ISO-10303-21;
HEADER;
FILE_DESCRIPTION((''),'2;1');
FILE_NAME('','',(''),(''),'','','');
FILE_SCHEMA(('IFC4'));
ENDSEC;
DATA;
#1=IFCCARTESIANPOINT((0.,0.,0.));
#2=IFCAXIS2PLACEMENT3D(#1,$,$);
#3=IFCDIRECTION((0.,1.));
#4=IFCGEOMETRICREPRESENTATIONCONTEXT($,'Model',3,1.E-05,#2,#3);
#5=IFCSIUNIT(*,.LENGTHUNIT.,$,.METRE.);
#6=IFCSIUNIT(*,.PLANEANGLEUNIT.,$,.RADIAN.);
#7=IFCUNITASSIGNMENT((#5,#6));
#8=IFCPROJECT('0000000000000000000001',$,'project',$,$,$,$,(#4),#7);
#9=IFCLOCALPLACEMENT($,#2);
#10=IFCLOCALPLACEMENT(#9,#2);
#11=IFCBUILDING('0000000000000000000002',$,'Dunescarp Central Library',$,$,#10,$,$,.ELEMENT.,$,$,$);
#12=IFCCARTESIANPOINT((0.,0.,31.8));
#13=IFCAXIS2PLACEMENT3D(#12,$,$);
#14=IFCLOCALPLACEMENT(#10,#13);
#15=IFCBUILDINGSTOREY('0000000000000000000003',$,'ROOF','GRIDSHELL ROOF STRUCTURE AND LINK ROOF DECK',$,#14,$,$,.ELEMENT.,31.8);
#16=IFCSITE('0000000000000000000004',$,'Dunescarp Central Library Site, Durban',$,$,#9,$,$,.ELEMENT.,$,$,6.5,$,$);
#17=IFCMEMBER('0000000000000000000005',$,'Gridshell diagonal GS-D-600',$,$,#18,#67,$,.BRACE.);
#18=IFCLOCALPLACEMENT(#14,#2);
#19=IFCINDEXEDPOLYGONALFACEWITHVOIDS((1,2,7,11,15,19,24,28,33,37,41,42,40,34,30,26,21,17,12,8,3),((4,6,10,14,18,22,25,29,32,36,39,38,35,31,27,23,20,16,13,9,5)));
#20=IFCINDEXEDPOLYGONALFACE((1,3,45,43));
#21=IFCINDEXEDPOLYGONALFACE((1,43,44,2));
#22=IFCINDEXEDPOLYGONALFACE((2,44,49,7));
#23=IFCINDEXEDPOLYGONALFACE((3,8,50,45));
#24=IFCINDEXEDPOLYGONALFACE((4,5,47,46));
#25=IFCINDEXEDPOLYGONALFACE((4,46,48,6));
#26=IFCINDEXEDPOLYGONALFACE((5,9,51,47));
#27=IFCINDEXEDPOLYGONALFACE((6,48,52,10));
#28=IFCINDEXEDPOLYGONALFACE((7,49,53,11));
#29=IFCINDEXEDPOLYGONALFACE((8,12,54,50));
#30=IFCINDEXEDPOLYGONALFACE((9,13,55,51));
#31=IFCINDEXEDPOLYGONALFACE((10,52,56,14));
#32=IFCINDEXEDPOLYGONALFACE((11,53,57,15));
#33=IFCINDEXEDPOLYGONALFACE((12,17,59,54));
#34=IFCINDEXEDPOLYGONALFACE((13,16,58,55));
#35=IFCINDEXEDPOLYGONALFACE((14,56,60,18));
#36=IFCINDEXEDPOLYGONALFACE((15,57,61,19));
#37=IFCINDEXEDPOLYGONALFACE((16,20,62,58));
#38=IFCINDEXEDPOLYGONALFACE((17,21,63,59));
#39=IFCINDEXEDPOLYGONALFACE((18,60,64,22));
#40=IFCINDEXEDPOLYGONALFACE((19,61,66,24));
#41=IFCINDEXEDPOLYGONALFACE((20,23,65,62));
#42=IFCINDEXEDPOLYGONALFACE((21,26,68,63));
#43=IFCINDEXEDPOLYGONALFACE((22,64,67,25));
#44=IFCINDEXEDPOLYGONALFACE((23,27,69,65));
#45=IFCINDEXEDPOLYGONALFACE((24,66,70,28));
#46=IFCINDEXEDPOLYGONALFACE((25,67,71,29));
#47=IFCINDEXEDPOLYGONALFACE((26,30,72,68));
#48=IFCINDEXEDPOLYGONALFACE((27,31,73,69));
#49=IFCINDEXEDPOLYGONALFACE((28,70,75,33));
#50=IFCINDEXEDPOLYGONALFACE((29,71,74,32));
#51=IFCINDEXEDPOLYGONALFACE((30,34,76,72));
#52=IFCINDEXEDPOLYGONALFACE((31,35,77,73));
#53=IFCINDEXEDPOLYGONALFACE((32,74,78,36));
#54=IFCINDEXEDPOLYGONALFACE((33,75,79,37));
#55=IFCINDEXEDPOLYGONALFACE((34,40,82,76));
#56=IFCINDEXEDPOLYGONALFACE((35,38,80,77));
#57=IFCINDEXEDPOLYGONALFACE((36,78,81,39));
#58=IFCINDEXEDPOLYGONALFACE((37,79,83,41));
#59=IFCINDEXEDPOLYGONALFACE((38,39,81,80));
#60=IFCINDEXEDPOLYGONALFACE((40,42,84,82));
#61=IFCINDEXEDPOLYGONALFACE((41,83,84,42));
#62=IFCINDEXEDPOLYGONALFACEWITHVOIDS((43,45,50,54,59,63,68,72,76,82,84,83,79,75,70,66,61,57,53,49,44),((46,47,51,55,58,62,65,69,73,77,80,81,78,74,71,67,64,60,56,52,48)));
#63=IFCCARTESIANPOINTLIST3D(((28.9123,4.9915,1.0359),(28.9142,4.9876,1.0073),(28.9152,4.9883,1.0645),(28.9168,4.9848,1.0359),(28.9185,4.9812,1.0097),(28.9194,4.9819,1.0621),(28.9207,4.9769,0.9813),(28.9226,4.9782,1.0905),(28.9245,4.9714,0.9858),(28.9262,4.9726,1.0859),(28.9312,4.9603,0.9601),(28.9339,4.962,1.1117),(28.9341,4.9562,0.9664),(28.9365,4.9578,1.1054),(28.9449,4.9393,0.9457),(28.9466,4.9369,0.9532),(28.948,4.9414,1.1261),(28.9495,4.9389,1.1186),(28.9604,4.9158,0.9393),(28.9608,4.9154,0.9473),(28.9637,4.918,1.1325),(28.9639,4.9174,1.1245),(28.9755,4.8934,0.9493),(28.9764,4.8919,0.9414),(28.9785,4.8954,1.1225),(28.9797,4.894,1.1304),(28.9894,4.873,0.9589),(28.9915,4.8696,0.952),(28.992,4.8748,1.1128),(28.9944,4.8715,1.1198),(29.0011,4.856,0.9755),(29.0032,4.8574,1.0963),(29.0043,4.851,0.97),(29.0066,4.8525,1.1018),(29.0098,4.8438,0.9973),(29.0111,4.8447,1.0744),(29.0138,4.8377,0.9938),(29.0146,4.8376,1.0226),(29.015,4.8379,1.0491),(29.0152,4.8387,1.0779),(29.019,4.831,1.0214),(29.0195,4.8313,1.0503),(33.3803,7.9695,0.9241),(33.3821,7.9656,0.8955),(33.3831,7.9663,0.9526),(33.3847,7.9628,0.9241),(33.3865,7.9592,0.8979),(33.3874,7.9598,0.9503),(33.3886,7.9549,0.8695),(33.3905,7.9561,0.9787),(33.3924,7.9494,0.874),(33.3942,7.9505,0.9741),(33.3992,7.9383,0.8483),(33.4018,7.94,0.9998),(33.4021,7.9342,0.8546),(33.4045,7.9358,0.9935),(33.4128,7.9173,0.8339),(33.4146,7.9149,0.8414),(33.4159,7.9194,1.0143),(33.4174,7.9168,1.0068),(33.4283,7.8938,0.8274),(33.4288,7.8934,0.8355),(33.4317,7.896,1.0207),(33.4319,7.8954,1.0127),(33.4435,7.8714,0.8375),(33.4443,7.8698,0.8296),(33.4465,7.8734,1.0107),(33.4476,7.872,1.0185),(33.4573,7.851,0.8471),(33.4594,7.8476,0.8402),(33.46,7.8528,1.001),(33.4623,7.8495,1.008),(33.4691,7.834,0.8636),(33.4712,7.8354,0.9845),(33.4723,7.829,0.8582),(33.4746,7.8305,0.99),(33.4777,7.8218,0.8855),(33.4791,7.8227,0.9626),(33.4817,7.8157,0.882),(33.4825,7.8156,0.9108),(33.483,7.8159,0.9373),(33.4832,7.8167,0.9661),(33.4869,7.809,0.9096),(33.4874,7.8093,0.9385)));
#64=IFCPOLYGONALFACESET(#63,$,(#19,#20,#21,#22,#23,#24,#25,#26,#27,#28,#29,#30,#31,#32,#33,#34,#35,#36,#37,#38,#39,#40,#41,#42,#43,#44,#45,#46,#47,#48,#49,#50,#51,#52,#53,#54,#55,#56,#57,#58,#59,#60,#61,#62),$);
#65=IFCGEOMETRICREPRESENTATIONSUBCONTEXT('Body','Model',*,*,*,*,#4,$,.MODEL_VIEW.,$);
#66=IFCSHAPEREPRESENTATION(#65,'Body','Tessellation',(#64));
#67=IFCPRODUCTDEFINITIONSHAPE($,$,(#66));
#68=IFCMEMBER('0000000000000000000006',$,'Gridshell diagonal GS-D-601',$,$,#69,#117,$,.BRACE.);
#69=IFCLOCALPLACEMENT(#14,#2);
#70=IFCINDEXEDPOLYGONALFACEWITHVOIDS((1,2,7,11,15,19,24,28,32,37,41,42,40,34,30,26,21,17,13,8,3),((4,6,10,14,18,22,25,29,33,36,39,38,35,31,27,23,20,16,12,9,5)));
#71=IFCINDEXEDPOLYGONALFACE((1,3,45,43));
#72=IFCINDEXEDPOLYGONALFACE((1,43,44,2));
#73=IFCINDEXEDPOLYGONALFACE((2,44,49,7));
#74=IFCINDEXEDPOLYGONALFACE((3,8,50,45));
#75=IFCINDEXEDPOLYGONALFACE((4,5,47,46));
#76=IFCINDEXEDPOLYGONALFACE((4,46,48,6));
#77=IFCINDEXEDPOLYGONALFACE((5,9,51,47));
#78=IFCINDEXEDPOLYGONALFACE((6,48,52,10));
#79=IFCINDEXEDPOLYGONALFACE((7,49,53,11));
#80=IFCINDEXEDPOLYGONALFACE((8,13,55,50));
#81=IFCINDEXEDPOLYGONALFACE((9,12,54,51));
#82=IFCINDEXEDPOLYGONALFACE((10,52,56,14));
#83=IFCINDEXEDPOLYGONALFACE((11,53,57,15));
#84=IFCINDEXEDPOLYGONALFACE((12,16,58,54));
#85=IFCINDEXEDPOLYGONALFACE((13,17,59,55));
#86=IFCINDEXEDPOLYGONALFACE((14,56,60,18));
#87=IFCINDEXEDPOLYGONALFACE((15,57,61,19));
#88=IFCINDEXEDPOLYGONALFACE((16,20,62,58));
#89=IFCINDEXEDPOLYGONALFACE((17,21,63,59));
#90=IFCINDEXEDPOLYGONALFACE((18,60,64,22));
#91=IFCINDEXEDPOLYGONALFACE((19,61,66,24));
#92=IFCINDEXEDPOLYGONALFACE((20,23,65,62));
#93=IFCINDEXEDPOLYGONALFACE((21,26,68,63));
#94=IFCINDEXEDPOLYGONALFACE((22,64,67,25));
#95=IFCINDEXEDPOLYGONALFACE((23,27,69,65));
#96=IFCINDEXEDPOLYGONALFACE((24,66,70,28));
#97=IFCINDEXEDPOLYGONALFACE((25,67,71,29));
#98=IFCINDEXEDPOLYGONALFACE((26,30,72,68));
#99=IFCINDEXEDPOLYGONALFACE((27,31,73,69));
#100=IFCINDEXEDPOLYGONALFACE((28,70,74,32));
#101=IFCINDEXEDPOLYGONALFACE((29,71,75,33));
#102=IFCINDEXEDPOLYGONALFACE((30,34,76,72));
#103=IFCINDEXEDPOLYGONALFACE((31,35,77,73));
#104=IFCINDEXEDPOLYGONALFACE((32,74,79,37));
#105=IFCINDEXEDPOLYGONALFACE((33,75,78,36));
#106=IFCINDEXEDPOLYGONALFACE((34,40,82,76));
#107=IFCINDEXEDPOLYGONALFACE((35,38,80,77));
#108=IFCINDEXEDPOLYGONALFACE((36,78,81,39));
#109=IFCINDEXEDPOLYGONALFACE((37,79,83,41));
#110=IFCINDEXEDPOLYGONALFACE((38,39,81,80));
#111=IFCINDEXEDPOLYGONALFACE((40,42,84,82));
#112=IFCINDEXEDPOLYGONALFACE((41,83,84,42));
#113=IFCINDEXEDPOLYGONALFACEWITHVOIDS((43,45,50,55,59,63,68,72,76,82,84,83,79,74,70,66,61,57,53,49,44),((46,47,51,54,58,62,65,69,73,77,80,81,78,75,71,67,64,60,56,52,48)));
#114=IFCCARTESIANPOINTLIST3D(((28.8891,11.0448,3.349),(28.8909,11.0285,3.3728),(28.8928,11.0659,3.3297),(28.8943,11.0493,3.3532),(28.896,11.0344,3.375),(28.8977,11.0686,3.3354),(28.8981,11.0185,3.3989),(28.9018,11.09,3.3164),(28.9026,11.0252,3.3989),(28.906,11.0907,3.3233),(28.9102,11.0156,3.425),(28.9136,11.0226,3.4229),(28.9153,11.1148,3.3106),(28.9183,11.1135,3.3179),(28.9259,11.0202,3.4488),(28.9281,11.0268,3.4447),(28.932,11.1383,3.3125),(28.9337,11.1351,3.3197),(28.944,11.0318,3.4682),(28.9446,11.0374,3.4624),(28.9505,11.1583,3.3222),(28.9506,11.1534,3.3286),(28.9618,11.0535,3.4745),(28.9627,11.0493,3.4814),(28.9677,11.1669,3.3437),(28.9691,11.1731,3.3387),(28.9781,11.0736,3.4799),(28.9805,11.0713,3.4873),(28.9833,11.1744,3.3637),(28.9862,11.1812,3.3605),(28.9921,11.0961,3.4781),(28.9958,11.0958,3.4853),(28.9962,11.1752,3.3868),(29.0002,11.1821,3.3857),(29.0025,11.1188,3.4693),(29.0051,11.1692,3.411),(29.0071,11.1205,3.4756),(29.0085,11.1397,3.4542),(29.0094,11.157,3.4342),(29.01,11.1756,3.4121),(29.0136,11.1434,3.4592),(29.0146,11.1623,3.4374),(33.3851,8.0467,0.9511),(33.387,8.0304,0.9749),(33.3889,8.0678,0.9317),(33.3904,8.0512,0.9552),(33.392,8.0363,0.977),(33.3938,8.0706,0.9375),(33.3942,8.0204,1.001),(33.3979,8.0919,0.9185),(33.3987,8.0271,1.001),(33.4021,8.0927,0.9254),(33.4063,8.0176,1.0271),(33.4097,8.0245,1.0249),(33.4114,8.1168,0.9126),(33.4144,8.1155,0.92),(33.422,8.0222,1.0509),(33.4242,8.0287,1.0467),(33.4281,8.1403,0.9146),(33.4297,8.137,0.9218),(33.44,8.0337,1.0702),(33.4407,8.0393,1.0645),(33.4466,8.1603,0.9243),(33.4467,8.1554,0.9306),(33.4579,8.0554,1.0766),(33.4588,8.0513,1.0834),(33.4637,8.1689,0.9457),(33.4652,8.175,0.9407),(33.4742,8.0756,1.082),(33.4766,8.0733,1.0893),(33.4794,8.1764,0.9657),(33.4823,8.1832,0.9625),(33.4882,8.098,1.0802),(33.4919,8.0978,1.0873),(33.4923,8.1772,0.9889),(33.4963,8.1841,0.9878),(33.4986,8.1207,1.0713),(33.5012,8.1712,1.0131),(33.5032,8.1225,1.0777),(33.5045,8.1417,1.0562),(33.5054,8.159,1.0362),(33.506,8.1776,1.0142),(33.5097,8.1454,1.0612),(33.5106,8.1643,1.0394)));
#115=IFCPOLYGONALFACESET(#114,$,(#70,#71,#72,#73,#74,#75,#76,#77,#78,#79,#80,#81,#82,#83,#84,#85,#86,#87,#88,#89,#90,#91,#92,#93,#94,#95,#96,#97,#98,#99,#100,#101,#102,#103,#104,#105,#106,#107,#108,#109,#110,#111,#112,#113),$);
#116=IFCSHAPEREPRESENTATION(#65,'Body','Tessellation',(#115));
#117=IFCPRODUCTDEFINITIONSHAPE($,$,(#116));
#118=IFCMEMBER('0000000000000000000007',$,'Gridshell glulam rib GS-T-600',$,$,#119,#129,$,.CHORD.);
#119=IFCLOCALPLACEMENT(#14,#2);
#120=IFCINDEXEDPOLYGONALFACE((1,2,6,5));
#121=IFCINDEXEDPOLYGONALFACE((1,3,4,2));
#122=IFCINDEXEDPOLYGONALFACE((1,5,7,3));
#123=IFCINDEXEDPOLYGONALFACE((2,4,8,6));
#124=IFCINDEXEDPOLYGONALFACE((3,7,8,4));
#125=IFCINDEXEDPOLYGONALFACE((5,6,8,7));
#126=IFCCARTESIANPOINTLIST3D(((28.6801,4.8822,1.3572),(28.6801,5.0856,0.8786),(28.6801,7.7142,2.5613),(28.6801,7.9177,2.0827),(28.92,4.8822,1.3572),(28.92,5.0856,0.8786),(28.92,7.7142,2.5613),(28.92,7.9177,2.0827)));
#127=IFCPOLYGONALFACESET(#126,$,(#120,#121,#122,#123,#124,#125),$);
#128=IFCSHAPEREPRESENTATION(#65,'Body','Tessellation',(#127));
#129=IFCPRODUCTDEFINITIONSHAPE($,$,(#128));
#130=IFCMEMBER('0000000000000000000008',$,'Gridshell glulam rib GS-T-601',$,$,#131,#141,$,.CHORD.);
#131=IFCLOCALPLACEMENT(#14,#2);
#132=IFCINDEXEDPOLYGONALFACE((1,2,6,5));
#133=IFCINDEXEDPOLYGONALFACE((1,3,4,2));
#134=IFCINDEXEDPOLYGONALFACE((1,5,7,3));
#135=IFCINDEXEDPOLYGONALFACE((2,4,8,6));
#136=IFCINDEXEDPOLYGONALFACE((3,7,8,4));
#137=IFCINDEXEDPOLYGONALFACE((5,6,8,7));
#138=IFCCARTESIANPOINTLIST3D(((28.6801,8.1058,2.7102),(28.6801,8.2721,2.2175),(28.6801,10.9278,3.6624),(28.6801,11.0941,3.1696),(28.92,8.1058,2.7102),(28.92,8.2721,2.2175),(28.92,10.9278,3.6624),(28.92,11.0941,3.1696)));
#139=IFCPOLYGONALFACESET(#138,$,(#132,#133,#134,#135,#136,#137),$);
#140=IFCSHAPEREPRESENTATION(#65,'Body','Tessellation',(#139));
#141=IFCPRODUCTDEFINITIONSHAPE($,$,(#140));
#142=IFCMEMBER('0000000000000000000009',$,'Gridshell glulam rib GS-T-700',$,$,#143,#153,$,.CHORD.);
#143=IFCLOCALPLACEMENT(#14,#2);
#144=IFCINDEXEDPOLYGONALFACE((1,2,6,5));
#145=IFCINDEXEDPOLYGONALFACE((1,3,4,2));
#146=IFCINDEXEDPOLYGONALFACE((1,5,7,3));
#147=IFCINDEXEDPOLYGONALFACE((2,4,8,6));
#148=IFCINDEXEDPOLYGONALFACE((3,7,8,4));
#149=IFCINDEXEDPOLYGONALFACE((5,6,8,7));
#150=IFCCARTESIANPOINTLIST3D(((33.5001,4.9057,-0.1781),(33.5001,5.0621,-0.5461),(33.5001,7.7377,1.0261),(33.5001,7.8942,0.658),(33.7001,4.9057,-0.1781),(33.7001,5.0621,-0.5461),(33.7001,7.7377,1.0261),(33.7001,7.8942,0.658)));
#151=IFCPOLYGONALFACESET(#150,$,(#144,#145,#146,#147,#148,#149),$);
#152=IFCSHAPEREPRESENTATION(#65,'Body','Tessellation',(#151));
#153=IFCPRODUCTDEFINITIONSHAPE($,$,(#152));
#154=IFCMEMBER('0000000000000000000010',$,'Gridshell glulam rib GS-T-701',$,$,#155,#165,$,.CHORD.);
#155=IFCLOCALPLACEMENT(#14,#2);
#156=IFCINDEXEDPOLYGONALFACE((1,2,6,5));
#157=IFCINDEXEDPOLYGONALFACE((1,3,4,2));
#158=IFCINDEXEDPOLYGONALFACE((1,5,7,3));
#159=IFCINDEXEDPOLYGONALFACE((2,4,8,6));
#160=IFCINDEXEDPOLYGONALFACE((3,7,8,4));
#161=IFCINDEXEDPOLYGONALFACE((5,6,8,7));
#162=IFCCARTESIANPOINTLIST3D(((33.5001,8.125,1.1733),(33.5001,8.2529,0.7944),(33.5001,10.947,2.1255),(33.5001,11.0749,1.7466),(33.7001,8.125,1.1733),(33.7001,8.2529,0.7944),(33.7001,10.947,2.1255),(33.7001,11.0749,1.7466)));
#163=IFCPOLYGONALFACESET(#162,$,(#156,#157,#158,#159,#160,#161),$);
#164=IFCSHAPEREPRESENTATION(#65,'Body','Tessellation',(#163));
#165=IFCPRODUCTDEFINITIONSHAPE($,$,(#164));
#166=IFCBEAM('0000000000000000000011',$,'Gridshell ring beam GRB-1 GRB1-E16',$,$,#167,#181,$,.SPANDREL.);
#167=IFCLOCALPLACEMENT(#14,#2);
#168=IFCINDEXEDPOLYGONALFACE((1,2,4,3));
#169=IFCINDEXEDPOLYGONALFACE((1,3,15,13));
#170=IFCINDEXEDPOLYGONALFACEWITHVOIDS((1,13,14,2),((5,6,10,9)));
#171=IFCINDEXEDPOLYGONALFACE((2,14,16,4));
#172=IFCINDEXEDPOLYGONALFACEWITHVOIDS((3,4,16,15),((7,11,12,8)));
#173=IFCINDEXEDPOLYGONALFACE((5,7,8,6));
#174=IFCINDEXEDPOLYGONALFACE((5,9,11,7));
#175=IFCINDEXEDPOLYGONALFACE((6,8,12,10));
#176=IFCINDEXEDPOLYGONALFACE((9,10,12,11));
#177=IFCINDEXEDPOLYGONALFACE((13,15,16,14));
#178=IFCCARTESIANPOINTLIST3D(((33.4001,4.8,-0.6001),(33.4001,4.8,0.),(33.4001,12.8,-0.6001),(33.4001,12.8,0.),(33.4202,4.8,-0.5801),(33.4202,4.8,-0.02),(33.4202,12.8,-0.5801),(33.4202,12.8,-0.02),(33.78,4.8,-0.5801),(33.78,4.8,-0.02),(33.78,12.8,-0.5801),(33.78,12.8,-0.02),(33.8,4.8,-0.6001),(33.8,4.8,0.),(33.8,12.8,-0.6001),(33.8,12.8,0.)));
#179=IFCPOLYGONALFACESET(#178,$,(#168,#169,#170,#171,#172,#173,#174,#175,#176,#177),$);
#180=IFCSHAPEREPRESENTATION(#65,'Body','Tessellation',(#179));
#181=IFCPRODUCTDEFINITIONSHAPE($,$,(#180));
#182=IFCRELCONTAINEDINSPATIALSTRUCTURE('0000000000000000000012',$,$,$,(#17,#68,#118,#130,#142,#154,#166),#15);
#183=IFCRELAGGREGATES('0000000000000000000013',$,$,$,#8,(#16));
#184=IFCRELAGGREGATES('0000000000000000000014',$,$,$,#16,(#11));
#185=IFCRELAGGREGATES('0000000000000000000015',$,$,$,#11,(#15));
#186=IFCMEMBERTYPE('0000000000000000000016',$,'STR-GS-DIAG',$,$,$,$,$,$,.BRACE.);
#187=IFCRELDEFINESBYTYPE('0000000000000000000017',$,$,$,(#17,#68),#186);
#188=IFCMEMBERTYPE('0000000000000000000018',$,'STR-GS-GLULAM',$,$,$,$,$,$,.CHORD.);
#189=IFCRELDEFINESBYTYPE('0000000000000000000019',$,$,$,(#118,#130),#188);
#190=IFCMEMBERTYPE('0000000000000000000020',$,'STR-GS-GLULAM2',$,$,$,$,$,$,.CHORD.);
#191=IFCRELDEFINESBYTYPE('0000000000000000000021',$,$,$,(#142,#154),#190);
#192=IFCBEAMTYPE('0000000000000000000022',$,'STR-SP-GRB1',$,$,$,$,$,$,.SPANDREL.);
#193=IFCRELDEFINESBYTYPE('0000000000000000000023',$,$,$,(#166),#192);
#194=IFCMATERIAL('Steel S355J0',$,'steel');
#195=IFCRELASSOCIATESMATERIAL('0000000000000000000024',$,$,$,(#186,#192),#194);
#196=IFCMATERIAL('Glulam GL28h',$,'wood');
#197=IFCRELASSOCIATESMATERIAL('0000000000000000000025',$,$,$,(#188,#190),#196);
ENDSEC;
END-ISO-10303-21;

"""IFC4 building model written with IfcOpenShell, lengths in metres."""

from ifc_helpers import new_model, si_unit, direction, frame, origin, origin_2d, place, context, subcontext, project, spatial, rectangle, hollow_rectangle, hollow_circle, extrude, material, material_profile, profile_set, type_object, element, save


model = new_model("IFC4")

# Units and contexts
model_context = context("Model", 3, precision=1e-05, world=origin(), true_north=direction((0.0, 1.0)))
body_context = subcontext(model_context, "Body", "Model", "MODEL_VIEW")
ifc_project = project(units=[si_unit("LENGTHUNIT", "METRE"), si_unit("PLANEANGLEUNIT", "RADIAN")], contexts=[model_context])

# Site, building, storey
site_placement = place(None, origin())
site = spatial("IfcSite", under=ifc_project, at=site_placement, Name="Dunescarp Central Library Site, Durban", CompositionType="ELEMENT", RefElevation=6.5)
building_placement = place(site_placement, origin())
building = spatial("IfcBuilding", under=site, at=building_placement, Name="Dunescarp Central Library", CompositionType="ELEMENT")
storey_placement = place(building_placement, frame((0.0, 0.0, 31.8)))
storey = spatial("IfcBuildingStorey", under=building, at=storey_placement, Name="ROOF", Description="GRIDSHELL ROOF STRUCTURE AND LINK ROOF DECK", CompositionType="ELEMENT", Elevation=31.8)

# Members
ifc_material_1 = material(Name="Steel S355J0", Category="steel")
ifc_material_profile_1 = material_profile(ifc_material_1, hollow_circle(Radius=0.0969, WallThickness=0.0081, at=origin_2d()), Name="CHS 193.7x8")
ifc_profile_set_1 = profile_set([ifc_material_profile_1], Name="Steel S355J0")
member_type_1 = type_object("IfcMemberType", Name="STR-GS-DIAG", PredefinedType="BRACE", material=ifc_profile_set_1)
member_1_placement = place(storey_placement, frame((28.9661, 4.9109, 1.0359), z_axis=(0.831926, 0.554496, -0.02082), x_axis=(-0.554616, 0.832106, 0.0)))
element("IfcMember", 1, at=member_1_placement, inside=storey, type_object=member_type_1, Name="Gridshell diagonal GS-D-600", PredefinedType="BRACE", context=body_context, shape_type="SweptSolid", body=[
    extrude(hollow_circle(Radius=0.0969, WallThickness=0.0081, at=origin_2d()), origin(), (0.0, 0.0, 1.0), 5.3706),
])
member_2_placement = place(storey_placement, frame((33.448, 8.1011, 1.001), z_axis=(-0.760486, 0.507101, 0.405598), x_axis=(-0.554784, -0.831995, 0.0)))
element("IfcMember", 2, at=member_2_placement, inside=storey, type_object=member_type_1, Name="Gridshell diagonal GS-D-601", PredefinedType="BRACE", context=body_context, shape_type="SweptSolid", body=[
    extrude(hollow_circle(Radius=0.0969, WallThickness=0.0081, at=origin_2d()), origin(), (0.0, 0.0, 1.0), 5.9121),
])
ifc_material_2 = material(Name="Glulam GL28h", Category="wood")
ifc_material_profile_2 = material_profile(ifc_material_2, rectangle(XDim=0.24, YDim=0.52, at=origin_2d()), Name="GL28h 240x520")
ifc_profile_set_2 = profile_set([ifc_material_profile_2], Name="Glulam GL28h")
member_type_2 = type_object("IfcMemberType", Name="STR-GS-GLULAM", PredefinedType="CHORD", material=ifc_profile_set_2)
member_3_placement = place(storey_placement, frame((28.8, 4.9839, 1.1179), z_axis=(0.0, 0.920274, 0.391275), x_axis=(-1.0, 0.0, 0.0)))
element("IfcMember", 3, at=member_3_placement, inside=storey, type_object=member_type_2, Name="Gridshell glulam rib GS-T-600", PredefinedType="CHORD", context=body_context, shape_type="SweptSolid", body=[
    extrude(rectangle(XDim=0.24, YDim=0.52, at=origin_2d()), origin(), (0.0, 0.0, 1.0), 3.0774),
])
member_4_placement = place(storey_placement, frame((28.8, 8.189, 2.4639), z_axis=(0.0, 0.947521, 0.319693), x_axis=(-1.0, 0.0, 0.0)))
element("IfcMember", 4, at=member_4_placement, inside=storey, type_object=member_type_2, Name="Gridshell glulam rib GS-T-601", PredefinedType="CHORD", context=body_context, shape_type="SweptSolid", body=[
    extrude(rectangle(XDim=0.24, YDim=0.52, at=origin_2d()), origin(), (0.0, 0.0, 1.0), 2.9783),
])
ifc_material_profile_3 = material_profile(ifc_material_2, rectangle(XDim=0.2, YDim=0.3999, at=origin_2d()), Name="GL28h 200x400")
ifc_profile_set_3 = profile_set([ifc_material_profile_3], Name="Glulam GL28h")
member_type_3 = type_object("IfcMemberType", Name="STR-GS-GLULAM2", PredefinedType="CHORD", material=ifc_profile_set_3)
member_5_placement = place(storey_placement, frame((33.6001, 4.9839, -0.3621), z_axis=(0.0, 0.920274, 0.391275), x_axis=(-1.0, 0.0, 0.0)))
element("IfcMember", 5, at=member_5_placement, inside=storey, type_object=member_type_3, Name="Gridshell glulam rib GS-T-700", PredefinedType="CHORD", context=body_context, shape_type="SweptSolid", body=[
    extrude(rectangle(XDim=0.2, YDim=0.3999, at=origin_2d()), origin(), (0.0, 0.0, 1.0), 3.0774),
])
member_6_placement = place(storey_placement, frame((33.6001, 8.189, 0.9839), z_axis=(0.0, 0.947521, 0.319693), x_axis=(-1.0, 0.0, 0.0)))
element("IfcMember", 6, at=member_6_placement, inside=storey, type_object=member_type_3, Name="Gridshell glulam rib GS-T-701", PredefinedType="CHORD", context=body_context, shape_type="SweptSolid", body=[
    extrude(rectangle(XDim=0.2, YDim=0.3999, at=origin_2d()), origin(), (0.0, 0.0, 1.0), 2.9783),
])

# Beam
ifc_material_profile_4 = material_profile(ifc_material_1, hollow_rectangle(XDim=0.3999, YDim=0.6001, WallThickness=0.02, at=origin_2d()), Name="RHS 600x400x20")
ifc_profile_set_4 = profile_set([ifc_material_profile_4], Name="Steel S355J0")
beam_type = type_object("IfcBeamType", Name="STR-SP-GRB1", PredefinedType="SPANDREL", material=ifc_profile_set_4)
beam_placement = place(storey_placement, frame((33.6001, 4.8, -0.3), z_axis=(0.0, 1.0, 0.0), x_axis=(-1.0, 0.0, 0.0)))
element("IfcBeam", 7, at=beam_placement, inside=storey, type_object=beam_type, Name="Gridshell ring beam GRB-1 GRB1-E16", PredefinedType="SPANDREL", context=body_context, shape_type="SweptSolid", body=[
    extrude(hollow_rectangle(XDim=0.3999, YDim=0.6001, WallThickness=0.02, at=origin_2d()), origin(), (0.0, 0.0, 1.0), 8.0),
])

save(model, "model.ifc")
